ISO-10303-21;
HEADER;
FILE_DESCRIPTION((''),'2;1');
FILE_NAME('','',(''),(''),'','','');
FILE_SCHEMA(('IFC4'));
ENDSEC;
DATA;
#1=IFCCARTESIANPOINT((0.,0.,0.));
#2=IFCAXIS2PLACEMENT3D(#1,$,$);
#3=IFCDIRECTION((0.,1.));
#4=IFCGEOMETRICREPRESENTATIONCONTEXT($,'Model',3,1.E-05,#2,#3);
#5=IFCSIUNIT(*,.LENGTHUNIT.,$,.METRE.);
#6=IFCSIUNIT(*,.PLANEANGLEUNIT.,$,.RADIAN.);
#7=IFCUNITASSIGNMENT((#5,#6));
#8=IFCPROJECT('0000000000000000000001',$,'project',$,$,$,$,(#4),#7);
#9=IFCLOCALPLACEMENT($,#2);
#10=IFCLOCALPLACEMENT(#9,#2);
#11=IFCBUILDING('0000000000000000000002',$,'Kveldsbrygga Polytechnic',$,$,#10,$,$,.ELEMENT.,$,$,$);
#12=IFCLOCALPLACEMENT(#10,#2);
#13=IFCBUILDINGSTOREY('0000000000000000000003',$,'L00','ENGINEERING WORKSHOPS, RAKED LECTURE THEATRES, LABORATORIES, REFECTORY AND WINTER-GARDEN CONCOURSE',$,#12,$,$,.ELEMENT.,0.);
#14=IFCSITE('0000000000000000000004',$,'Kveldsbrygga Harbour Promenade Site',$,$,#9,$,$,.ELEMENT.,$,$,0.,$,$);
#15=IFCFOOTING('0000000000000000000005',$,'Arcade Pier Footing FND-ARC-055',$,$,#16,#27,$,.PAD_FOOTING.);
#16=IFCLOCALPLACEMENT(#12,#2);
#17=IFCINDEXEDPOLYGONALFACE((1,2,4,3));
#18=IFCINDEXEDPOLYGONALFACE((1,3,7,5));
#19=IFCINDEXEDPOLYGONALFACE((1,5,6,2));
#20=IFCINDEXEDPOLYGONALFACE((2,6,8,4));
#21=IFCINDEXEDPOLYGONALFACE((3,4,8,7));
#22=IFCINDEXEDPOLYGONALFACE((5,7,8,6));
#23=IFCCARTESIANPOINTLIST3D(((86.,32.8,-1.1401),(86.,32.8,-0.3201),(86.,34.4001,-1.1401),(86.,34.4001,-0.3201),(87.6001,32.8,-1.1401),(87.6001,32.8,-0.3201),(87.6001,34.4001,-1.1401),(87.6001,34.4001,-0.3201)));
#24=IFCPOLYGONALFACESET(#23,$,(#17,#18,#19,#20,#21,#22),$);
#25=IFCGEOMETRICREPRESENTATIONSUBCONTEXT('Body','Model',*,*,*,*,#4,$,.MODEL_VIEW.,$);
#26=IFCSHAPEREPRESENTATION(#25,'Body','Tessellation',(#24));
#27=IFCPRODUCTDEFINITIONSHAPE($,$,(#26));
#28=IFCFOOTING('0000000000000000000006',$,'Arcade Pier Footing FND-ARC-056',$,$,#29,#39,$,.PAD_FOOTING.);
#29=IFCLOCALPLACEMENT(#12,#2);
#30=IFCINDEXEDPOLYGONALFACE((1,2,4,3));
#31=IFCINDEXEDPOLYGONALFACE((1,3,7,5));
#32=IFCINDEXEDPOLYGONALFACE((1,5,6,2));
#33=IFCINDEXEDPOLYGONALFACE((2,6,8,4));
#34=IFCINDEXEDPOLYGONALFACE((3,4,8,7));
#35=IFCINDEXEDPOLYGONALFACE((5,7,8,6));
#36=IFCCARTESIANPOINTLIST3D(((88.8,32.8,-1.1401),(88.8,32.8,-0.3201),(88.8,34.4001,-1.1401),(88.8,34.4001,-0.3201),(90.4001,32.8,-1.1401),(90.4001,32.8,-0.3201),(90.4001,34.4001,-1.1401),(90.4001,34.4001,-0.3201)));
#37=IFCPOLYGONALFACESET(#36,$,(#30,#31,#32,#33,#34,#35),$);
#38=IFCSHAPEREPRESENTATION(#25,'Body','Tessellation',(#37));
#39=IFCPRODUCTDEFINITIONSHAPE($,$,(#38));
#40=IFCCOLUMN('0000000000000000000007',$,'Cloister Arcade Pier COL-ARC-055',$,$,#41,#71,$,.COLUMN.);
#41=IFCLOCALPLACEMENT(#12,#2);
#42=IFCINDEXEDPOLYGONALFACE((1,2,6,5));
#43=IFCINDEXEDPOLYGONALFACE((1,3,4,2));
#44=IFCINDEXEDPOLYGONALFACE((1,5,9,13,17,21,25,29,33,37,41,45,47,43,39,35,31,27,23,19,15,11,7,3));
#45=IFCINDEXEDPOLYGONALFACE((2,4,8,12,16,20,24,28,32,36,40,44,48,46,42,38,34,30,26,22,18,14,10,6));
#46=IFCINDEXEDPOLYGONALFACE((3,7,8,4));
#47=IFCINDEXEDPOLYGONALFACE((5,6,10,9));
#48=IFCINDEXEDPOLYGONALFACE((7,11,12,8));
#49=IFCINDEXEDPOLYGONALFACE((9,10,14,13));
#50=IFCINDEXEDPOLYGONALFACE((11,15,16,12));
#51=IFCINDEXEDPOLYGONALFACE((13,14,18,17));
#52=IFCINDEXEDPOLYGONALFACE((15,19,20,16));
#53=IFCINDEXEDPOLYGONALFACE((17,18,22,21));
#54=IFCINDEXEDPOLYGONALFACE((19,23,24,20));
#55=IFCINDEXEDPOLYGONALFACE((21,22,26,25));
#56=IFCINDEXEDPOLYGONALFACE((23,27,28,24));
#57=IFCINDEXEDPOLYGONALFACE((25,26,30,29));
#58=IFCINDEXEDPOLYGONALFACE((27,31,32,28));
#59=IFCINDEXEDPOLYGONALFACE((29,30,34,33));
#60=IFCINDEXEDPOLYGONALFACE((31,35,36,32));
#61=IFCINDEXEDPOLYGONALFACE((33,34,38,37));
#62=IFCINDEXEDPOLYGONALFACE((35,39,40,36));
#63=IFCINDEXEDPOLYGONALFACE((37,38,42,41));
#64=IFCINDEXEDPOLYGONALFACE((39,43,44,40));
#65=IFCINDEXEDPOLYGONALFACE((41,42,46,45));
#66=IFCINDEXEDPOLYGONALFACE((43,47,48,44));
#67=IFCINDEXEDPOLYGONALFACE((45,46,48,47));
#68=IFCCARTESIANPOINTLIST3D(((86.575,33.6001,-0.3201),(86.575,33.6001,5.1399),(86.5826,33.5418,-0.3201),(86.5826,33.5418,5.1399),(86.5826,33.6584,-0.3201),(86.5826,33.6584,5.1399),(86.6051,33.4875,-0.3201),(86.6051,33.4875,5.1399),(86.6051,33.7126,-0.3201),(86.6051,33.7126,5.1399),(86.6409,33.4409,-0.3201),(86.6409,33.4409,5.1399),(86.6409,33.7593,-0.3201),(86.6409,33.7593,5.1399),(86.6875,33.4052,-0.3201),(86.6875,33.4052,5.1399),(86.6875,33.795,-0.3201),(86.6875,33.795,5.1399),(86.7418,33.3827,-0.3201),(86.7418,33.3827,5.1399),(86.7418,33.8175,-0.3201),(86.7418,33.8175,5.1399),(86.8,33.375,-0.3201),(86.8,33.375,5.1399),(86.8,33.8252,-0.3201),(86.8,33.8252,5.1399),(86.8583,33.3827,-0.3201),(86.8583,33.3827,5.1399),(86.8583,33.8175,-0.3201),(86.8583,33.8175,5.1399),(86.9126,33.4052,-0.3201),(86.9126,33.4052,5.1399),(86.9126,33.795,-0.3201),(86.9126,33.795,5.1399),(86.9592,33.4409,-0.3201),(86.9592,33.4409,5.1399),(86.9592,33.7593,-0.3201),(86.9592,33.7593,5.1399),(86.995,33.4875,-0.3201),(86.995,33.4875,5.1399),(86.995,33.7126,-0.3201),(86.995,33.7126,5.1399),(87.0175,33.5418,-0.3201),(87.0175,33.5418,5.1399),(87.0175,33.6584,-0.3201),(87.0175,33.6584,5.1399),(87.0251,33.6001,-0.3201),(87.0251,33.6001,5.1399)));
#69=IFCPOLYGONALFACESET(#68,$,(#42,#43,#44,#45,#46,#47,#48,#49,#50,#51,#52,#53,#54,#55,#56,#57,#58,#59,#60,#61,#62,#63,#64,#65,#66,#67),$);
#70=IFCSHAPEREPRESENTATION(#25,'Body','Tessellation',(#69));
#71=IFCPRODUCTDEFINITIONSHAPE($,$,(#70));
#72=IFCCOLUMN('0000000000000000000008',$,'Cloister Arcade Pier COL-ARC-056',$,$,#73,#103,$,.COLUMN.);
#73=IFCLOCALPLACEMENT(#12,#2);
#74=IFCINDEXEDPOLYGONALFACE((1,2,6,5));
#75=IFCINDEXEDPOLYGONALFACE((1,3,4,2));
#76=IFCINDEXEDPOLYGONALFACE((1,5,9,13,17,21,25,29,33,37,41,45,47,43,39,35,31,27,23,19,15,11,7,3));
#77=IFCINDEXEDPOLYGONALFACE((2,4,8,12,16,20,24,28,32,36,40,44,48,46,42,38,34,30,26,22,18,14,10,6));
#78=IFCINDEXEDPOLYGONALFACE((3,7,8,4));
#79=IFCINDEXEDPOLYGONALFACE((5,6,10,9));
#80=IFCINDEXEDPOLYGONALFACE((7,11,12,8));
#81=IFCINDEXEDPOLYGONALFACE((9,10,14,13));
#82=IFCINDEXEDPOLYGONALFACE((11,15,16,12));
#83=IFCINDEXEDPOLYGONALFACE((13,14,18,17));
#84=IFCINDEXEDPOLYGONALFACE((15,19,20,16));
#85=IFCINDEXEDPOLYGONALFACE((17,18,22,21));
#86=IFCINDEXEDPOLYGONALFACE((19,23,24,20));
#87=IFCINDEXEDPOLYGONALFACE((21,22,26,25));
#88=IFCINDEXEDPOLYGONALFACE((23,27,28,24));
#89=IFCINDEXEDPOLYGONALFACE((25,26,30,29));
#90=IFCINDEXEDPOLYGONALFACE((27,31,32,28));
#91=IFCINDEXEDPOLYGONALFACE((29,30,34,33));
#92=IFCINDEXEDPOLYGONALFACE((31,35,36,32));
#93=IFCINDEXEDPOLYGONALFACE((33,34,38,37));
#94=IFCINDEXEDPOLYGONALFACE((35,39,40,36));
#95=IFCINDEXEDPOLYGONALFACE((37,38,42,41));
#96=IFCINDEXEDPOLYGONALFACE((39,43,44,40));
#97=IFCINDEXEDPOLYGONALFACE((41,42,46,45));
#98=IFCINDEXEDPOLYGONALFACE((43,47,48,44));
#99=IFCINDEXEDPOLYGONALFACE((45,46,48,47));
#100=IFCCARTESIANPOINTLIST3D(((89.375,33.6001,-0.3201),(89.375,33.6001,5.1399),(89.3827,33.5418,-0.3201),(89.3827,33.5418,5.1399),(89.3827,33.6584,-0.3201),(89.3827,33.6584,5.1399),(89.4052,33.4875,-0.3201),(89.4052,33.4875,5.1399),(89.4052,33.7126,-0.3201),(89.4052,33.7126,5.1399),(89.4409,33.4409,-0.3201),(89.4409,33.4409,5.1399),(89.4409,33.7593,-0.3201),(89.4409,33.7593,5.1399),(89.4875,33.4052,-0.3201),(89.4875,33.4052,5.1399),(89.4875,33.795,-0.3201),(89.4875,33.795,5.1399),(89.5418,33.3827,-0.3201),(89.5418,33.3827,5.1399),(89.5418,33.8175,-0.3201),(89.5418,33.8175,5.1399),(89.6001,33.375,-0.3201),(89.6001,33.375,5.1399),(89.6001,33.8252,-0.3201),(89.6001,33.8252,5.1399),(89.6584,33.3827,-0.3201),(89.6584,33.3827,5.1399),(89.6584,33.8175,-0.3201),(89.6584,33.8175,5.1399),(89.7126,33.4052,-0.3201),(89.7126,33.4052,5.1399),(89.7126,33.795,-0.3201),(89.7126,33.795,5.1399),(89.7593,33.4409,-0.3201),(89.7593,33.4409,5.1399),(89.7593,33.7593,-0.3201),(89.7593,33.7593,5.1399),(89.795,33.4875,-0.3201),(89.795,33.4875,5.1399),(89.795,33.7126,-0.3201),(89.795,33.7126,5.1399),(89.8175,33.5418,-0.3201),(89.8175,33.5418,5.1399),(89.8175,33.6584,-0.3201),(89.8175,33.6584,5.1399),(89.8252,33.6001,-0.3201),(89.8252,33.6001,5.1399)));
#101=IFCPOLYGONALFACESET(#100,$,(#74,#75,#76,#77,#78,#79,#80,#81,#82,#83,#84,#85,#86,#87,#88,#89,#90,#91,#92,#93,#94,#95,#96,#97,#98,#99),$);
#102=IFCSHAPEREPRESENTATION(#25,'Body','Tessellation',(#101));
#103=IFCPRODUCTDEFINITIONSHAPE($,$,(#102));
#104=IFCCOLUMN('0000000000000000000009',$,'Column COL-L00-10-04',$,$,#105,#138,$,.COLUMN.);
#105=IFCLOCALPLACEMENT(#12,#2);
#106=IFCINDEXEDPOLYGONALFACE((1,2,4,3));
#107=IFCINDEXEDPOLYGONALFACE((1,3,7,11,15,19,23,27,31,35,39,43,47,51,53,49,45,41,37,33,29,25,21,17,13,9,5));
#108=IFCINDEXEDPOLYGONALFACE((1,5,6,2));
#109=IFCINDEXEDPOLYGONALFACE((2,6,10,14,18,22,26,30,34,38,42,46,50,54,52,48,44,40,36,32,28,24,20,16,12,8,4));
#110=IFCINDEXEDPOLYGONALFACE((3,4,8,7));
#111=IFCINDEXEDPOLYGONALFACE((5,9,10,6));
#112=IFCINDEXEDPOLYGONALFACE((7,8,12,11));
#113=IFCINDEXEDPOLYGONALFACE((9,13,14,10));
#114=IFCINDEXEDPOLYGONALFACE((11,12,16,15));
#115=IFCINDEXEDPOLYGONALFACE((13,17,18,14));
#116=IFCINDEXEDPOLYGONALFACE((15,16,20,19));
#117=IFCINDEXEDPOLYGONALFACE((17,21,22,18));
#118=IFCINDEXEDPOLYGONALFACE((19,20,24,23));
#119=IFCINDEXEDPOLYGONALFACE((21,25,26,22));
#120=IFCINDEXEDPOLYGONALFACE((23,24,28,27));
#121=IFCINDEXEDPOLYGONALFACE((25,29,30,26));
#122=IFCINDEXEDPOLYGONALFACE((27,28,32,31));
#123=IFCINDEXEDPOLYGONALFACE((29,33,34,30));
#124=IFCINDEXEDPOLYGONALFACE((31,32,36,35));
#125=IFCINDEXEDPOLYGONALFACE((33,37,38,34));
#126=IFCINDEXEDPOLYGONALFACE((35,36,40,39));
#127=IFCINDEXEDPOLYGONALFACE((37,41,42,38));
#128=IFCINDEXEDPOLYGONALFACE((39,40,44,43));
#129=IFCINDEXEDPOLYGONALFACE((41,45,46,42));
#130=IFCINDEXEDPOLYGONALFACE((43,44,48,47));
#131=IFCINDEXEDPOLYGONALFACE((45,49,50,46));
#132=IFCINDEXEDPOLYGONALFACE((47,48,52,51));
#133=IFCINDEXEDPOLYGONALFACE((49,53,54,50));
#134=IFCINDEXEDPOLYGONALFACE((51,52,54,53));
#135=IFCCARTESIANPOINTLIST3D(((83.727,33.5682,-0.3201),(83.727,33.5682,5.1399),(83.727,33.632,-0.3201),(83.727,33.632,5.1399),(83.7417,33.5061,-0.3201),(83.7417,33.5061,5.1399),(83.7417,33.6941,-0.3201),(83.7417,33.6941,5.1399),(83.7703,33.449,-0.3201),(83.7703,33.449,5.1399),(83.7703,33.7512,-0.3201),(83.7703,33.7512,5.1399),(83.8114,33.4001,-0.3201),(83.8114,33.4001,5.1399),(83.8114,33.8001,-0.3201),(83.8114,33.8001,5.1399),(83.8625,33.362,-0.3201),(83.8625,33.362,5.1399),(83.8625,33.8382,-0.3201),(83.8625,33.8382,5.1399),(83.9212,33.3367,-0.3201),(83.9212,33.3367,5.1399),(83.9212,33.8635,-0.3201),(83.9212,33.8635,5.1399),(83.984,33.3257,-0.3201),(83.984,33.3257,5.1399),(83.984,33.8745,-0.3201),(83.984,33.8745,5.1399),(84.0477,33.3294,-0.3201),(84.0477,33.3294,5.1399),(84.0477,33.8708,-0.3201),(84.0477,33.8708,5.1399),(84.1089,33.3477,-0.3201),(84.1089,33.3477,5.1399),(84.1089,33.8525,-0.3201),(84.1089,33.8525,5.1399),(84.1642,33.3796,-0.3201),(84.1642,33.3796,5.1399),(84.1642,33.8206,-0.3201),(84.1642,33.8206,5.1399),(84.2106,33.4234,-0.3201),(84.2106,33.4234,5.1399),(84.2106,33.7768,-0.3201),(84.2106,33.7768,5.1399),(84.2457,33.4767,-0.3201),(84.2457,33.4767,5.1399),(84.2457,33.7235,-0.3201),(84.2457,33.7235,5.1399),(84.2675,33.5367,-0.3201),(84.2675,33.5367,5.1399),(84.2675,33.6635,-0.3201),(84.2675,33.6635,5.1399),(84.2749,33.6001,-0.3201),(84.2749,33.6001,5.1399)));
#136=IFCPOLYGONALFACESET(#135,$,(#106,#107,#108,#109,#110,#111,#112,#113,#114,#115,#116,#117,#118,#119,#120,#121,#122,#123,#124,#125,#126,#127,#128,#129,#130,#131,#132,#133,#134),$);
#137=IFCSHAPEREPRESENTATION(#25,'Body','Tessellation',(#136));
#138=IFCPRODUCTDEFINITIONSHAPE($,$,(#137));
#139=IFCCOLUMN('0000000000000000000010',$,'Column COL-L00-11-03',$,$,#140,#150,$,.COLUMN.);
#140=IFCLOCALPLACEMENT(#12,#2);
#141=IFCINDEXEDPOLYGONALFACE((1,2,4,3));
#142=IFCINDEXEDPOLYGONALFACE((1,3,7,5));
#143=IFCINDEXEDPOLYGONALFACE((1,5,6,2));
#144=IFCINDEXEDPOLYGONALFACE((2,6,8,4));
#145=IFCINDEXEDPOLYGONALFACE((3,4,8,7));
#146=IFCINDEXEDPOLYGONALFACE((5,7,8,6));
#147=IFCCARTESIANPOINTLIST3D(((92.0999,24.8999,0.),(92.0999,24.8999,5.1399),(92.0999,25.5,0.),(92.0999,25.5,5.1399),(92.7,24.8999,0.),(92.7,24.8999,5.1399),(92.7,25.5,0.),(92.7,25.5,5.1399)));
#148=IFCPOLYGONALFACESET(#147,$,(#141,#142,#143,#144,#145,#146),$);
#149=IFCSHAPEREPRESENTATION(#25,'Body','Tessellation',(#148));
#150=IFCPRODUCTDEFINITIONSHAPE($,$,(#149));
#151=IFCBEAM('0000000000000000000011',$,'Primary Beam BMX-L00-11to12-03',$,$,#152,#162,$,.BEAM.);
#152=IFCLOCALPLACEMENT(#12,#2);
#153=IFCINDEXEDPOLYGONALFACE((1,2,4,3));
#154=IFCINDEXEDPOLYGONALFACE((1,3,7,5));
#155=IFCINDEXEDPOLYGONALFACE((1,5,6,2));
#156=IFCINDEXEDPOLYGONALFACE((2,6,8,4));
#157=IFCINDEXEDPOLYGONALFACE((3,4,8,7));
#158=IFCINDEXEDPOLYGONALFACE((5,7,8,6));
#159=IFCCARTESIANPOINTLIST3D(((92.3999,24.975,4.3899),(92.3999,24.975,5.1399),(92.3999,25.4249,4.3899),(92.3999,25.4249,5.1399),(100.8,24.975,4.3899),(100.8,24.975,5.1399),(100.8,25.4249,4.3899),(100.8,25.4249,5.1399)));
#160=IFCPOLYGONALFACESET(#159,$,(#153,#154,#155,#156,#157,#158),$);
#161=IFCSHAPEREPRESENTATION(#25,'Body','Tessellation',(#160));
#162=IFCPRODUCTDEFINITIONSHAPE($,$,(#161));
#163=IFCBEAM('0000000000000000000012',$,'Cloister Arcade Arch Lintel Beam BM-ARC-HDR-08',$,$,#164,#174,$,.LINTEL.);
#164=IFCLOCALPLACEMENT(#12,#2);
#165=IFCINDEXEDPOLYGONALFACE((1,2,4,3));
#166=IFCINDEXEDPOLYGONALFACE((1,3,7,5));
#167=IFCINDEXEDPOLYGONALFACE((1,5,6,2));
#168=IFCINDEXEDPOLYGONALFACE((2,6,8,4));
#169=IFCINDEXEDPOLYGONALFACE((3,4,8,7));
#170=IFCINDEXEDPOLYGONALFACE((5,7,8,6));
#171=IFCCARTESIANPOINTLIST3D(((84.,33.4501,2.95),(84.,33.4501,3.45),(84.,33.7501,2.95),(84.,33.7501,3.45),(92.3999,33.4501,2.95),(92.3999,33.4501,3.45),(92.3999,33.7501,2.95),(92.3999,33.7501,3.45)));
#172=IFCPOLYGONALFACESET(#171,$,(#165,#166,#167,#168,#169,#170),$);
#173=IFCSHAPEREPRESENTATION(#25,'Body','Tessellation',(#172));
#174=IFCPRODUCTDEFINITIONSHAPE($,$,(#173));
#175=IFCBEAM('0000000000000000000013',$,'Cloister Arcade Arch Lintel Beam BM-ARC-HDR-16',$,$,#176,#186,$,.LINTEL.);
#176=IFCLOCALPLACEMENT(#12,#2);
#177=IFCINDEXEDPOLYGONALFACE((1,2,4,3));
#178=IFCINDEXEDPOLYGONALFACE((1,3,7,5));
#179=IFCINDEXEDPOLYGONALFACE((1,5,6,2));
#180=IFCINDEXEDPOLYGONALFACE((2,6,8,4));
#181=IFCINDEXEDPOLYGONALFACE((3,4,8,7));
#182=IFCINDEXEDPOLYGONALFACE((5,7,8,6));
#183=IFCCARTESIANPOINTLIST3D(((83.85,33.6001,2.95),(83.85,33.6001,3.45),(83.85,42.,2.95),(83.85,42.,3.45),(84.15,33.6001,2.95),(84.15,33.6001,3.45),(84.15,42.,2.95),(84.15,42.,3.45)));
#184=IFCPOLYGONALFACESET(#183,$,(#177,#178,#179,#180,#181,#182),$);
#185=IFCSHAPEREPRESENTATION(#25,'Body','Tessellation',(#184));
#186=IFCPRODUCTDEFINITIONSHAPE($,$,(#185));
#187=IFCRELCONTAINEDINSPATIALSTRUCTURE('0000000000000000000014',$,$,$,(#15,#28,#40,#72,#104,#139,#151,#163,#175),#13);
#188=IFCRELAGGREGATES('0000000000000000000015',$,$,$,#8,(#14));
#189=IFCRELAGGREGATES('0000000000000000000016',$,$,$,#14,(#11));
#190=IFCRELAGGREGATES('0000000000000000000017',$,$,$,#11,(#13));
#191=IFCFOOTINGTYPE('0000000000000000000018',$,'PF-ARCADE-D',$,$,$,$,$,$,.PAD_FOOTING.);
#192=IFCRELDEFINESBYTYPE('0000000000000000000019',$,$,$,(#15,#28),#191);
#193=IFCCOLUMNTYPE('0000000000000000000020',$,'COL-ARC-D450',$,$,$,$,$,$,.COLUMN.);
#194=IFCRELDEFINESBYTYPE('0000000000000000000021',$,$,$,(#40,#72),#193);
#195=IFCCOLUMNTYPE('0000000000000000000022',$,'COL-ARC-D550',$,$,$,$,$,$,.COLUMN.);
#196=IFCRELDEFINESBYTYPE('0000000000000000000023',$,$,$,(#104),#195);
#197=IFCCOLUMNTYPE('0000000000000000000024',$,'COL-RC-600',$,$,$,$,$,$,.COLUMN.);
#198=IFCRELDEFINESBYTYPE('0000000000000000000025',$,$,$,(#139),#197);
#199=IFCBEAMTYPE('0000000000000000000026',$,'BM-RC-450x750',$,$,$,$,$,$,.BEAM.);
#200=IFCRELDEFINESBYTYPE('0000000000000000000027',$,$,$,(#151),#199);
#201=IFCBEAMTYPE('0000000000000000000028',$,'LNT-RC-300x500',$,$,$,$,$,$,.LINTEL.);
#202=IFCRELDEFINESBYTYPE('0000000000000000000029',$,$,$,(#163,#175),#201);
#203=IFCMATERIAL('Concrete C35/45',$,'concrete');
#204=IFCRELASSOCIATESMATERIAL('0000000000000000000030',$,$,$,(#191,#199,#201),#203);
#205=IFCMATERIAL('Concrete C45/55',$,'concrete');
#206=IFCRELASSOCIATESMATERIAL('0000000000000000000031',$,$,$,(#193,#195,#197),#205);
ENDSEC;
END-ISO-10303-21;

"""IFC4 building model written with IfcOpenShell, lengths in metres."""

from ifc_helpers import new_model, si_unit, direction, frame, origin, origin_2d, place, context, subcontext, project, spatial, rectangle, circle, extrude, material, material_profile, profile_set, type_object, element, save


model = new_model("IFC4")

# Units and contexts
model_context = context("Model", 3, precision=1e-05, world=origin(), true_north=direction((0.0, 1.0)))
body_context = subcontext(model_context, "Body", "Model", "MODEL_VIEW")
ifc_project = project(units=[si_unit("LENGTHUNIT", "METRE"), si_unit("PLANEANGLEUNIT", "RADIAN")], contexts=[model_context])

# Site, building, storey
site_placement = place(None, origin())
site = spatial("IfcSite", under=ifc_project, at=site_placement, Name="Kveldsbrygga Harbour Promenade Site", CompositionType="ELEMENT", RefElevation=0.0)
building_placement = place(site_placement, origin())
building = spatial("IfcBuilding", under=site, at=building_placement, Name="Kveldsbrygga Polytechnic", CompositionType="ELEMENT")
storey_placement = place(building_placement, origin())
storey = spatial("IfcBuildingStorey", under=building, at=storey_placement, Name="L00", Description="ENGINEERING WORKSHOPS, RAKED LECTURE THEATRES, LABORATORIES, REFECTORY AND WINTER-GARDEN CONCOURSE", CompositionType="ELEMENT", Elevation=0.0)

# Footings
ifc_material_1 = material(Name="Concrete C35/45", Category="concrete")
footing_type = type_object("IfcFootingType", Name="PF-ARCADE-D", PredefinedType="PAD_FOOTING", material=ifc_material_1)
for number, where, z_axis, x_axis, name in (
    (1, (86.8, 33.6001, -1.1401), (0.0, 0.0, 1.0), (1.0, 0.0, 0.0), "Arcade Pier Footing FND-ARC-055"),
    (2, (89.6001, 33.6001, -1.1401), (0.0, 0.0, 1.0), (1.0, 0.0, 0.0), "Arcade Pier Footing FND-ARC-056"),
):
    element("IfcFooting", number, at=place(storey_placement, frame(where, z_axis=z_axis, x_axis=x_axis)), inside=storey, type_object=footing_type, Name=name, PredefinedType="PAD_FOOTING", context=body_context, shape_type="SweptSolid", body=[
        extrude(rectangle(XDim=1.6001, YDim=1.6001, at=origin_2d()), origin(), (0.0, 0.0, 1.0), 0.8201),
    ])

# Columns
ifc_material_2 = material(Name="Concrete C45/55", Category="concrete")
ifc_material_profile_1 = material_profile(ifc_material_2, circle(Radius=0.2251, at=origin_2d()), Name="RC D450")
ifc_profile_set_1 = profile_set([ifc_material_profile_1], Name="Concrete C45/55")
column_type_1 = type_object("IfcColumnType", Name="COL-ARC-D450", PredefinedType="COLUMN", material=ifc_profile_set_1)
for number, where, z_axis, x_axis, name in (
    (3, (86.8, 33.6001, -0.3201), (0.0, 0.0, 1.0), (1.0, 0.0, 0.0), "Cloister Arcade Pier COL-ARC-055"),
    (4, (89.6001, 33.6001, -0.3201), (0.0, 0.0, 1.0), (1.0, 0.0, 0.0), "Cloister Arcade Pier COL-ARC-056"),
):
    element("IfcColumn", number, at=place(storey_placement, frame(where, z_axis=z_axis, x_axis=x_axis)), inside=storey, type_object=column_type_1, Name=name, PredefinedType="COLUMN", context=body_context, shape_type="SweptSolid", body=[
        extrude(circle(Radius=0.2251, at=origin_2d()), origin(), (0.0, 0.0, 1.0), 5.46),
    ])
ifc_material_profile_2 = material_profile(ifc_material_2, circle(Radius=0.2749, at=origin_2d()), Name="RC D550")
ifc_profile_set_2 = profile_set([ifc_material_profile_2], Name="Concrete C45/55")
column_type_2 = type_object("IfcColumnType", Name="COL-ARC-D550", PredefinedType="COLUMN", material=ifc_profile_set_2)
column_1_placement = place(storey_placement, frame((84.0, 33.6001, -0.3201), z_axis=(0.0, 0.0, 1.0), x_axis=(1.0, 0.0, 0.0)))
element("IfcColumn", 5, at=column_1_placement, inside=storey, type_object=column_type_2, Name="Column COL-L00-10-04", PredefinedType="COLUMN", context=body_context, shape_type="SweptSolid", body=[
    extrude(circle(Radius=0.2749, at=origin_2d()), origin(), (0.0, 0.0, 1.0), 5.46),
])
ifc_material_profile_3 = material_profile(ifc_material_2, rectangle(XDim=0.6001, YDim=0.6001, at=origin_2d()), Name="RC 600x600")
ifc_profile_set_3 = profile_set([ifc_material_profile_3], Name="Concrete C45/55")
column_type_3 = type_object("IfcColumnType", Name="COL-RC-600", PredefinedType="COLUMN", material=ifc_profile_set_3)
column_2_placement = place(storey_placement, frame((92.3999, 25.2, 0.0), z_axis=(0.0, 0.0, 1.0), x_axis=(1.0, 0.0, 0.0)))
element("IfcColumn", 6, at=column_2_placement, inside=storey, type_object=column_type_3, Name="Column COL-L00-11-03", PredefinedType="COLUMN", context=body_context, shape_type="SweptSolid", body=[
    extrude(rectangle(XDim=0.6001, YDim=0.6001, at=origin_2d()), origin(), (0.0, 0.0, 1.0), 5.1399),
])

# Beams
ifc_material_profile_4 = material_profile(ifc_material_1, rectangle(XDim=0.45, YDim=0.75, at=origin_2d()), Name="RC 450x750")
ifc_profile_set_4 = profile_set([ifc_material_profile_4], Name="Concrete C35/45")
beam_type_1 = type_object("IfcBeamType", Name="BM-RC-450x750", PredefinedType="BEAM", material=ifc_profile_set_4)
beam_placement = place(storey_placement, frame((92.3999, 25.2, 4.7649), z_axis=(1.0, 0.0, 0.0), x_axis=(0.0, 1.0, 0.0)))
element("IfcBeam", 7, at=beam_placement, inside=storey, type_object=beam_type_1, Name="Primary Beam BMX-L00-11to12-03", PredefinedType="BEAM", context=body_context, shape_type="SweptSolid", body=[
    extrude(rectangle(XDim=0.45, YDim=0.75, at=origin_2d()), origin(), (0.0, 0.0, 1.0), 8.4001),
])
ifc_material_profile_5 = material_profile(ifc_material_1, rectangle(XDim=0.3, YDim=0.5, at=origin_2d()), Name="RC 300x500")
ifc_profile_set_5 = profile_set([ifc_material_profile_5], Name="Concrete C35/45")
beam_type_2 = type_object("IfcBeamType", Name="LNT-RC-300x500", PredefinedType="LINTEL", material=ifc_profile_set_5)
for number, where, z_axis, x_axis, name in (
    (8, (84.0, 33.6001, 3.2), (1.0, 0.0, 0.0), (0.0, 1.0, 0.0), "Cloister Arcade Arch Lintel Beam BM-ARC-HDR-08"),
    (9, (84.0, 33.6001, 3.2), (0.0, 1.0, 0.0), (-1.0, 0.0, 0.0), "Cloister Arcade Arch Lintel Beam BM-ARC-HDR-16"),
):
    element("IfcBeam", number, at=place(storey_placement, frame(where, z_axis=z_axis, x_axis=x_axis)), inside=storey, type_object=beam_type_2, Name=name, PredefinedType="LINTEL", context=body_context, shape_type="SweptSolid", body=[
        extrude(rectangle(XDim=0.3, YDim=0.5, at=origin_2d()), origin(), (0.0, 0.0, 1.0), 8.3999),
    ])

save(model, "model.ifc")
